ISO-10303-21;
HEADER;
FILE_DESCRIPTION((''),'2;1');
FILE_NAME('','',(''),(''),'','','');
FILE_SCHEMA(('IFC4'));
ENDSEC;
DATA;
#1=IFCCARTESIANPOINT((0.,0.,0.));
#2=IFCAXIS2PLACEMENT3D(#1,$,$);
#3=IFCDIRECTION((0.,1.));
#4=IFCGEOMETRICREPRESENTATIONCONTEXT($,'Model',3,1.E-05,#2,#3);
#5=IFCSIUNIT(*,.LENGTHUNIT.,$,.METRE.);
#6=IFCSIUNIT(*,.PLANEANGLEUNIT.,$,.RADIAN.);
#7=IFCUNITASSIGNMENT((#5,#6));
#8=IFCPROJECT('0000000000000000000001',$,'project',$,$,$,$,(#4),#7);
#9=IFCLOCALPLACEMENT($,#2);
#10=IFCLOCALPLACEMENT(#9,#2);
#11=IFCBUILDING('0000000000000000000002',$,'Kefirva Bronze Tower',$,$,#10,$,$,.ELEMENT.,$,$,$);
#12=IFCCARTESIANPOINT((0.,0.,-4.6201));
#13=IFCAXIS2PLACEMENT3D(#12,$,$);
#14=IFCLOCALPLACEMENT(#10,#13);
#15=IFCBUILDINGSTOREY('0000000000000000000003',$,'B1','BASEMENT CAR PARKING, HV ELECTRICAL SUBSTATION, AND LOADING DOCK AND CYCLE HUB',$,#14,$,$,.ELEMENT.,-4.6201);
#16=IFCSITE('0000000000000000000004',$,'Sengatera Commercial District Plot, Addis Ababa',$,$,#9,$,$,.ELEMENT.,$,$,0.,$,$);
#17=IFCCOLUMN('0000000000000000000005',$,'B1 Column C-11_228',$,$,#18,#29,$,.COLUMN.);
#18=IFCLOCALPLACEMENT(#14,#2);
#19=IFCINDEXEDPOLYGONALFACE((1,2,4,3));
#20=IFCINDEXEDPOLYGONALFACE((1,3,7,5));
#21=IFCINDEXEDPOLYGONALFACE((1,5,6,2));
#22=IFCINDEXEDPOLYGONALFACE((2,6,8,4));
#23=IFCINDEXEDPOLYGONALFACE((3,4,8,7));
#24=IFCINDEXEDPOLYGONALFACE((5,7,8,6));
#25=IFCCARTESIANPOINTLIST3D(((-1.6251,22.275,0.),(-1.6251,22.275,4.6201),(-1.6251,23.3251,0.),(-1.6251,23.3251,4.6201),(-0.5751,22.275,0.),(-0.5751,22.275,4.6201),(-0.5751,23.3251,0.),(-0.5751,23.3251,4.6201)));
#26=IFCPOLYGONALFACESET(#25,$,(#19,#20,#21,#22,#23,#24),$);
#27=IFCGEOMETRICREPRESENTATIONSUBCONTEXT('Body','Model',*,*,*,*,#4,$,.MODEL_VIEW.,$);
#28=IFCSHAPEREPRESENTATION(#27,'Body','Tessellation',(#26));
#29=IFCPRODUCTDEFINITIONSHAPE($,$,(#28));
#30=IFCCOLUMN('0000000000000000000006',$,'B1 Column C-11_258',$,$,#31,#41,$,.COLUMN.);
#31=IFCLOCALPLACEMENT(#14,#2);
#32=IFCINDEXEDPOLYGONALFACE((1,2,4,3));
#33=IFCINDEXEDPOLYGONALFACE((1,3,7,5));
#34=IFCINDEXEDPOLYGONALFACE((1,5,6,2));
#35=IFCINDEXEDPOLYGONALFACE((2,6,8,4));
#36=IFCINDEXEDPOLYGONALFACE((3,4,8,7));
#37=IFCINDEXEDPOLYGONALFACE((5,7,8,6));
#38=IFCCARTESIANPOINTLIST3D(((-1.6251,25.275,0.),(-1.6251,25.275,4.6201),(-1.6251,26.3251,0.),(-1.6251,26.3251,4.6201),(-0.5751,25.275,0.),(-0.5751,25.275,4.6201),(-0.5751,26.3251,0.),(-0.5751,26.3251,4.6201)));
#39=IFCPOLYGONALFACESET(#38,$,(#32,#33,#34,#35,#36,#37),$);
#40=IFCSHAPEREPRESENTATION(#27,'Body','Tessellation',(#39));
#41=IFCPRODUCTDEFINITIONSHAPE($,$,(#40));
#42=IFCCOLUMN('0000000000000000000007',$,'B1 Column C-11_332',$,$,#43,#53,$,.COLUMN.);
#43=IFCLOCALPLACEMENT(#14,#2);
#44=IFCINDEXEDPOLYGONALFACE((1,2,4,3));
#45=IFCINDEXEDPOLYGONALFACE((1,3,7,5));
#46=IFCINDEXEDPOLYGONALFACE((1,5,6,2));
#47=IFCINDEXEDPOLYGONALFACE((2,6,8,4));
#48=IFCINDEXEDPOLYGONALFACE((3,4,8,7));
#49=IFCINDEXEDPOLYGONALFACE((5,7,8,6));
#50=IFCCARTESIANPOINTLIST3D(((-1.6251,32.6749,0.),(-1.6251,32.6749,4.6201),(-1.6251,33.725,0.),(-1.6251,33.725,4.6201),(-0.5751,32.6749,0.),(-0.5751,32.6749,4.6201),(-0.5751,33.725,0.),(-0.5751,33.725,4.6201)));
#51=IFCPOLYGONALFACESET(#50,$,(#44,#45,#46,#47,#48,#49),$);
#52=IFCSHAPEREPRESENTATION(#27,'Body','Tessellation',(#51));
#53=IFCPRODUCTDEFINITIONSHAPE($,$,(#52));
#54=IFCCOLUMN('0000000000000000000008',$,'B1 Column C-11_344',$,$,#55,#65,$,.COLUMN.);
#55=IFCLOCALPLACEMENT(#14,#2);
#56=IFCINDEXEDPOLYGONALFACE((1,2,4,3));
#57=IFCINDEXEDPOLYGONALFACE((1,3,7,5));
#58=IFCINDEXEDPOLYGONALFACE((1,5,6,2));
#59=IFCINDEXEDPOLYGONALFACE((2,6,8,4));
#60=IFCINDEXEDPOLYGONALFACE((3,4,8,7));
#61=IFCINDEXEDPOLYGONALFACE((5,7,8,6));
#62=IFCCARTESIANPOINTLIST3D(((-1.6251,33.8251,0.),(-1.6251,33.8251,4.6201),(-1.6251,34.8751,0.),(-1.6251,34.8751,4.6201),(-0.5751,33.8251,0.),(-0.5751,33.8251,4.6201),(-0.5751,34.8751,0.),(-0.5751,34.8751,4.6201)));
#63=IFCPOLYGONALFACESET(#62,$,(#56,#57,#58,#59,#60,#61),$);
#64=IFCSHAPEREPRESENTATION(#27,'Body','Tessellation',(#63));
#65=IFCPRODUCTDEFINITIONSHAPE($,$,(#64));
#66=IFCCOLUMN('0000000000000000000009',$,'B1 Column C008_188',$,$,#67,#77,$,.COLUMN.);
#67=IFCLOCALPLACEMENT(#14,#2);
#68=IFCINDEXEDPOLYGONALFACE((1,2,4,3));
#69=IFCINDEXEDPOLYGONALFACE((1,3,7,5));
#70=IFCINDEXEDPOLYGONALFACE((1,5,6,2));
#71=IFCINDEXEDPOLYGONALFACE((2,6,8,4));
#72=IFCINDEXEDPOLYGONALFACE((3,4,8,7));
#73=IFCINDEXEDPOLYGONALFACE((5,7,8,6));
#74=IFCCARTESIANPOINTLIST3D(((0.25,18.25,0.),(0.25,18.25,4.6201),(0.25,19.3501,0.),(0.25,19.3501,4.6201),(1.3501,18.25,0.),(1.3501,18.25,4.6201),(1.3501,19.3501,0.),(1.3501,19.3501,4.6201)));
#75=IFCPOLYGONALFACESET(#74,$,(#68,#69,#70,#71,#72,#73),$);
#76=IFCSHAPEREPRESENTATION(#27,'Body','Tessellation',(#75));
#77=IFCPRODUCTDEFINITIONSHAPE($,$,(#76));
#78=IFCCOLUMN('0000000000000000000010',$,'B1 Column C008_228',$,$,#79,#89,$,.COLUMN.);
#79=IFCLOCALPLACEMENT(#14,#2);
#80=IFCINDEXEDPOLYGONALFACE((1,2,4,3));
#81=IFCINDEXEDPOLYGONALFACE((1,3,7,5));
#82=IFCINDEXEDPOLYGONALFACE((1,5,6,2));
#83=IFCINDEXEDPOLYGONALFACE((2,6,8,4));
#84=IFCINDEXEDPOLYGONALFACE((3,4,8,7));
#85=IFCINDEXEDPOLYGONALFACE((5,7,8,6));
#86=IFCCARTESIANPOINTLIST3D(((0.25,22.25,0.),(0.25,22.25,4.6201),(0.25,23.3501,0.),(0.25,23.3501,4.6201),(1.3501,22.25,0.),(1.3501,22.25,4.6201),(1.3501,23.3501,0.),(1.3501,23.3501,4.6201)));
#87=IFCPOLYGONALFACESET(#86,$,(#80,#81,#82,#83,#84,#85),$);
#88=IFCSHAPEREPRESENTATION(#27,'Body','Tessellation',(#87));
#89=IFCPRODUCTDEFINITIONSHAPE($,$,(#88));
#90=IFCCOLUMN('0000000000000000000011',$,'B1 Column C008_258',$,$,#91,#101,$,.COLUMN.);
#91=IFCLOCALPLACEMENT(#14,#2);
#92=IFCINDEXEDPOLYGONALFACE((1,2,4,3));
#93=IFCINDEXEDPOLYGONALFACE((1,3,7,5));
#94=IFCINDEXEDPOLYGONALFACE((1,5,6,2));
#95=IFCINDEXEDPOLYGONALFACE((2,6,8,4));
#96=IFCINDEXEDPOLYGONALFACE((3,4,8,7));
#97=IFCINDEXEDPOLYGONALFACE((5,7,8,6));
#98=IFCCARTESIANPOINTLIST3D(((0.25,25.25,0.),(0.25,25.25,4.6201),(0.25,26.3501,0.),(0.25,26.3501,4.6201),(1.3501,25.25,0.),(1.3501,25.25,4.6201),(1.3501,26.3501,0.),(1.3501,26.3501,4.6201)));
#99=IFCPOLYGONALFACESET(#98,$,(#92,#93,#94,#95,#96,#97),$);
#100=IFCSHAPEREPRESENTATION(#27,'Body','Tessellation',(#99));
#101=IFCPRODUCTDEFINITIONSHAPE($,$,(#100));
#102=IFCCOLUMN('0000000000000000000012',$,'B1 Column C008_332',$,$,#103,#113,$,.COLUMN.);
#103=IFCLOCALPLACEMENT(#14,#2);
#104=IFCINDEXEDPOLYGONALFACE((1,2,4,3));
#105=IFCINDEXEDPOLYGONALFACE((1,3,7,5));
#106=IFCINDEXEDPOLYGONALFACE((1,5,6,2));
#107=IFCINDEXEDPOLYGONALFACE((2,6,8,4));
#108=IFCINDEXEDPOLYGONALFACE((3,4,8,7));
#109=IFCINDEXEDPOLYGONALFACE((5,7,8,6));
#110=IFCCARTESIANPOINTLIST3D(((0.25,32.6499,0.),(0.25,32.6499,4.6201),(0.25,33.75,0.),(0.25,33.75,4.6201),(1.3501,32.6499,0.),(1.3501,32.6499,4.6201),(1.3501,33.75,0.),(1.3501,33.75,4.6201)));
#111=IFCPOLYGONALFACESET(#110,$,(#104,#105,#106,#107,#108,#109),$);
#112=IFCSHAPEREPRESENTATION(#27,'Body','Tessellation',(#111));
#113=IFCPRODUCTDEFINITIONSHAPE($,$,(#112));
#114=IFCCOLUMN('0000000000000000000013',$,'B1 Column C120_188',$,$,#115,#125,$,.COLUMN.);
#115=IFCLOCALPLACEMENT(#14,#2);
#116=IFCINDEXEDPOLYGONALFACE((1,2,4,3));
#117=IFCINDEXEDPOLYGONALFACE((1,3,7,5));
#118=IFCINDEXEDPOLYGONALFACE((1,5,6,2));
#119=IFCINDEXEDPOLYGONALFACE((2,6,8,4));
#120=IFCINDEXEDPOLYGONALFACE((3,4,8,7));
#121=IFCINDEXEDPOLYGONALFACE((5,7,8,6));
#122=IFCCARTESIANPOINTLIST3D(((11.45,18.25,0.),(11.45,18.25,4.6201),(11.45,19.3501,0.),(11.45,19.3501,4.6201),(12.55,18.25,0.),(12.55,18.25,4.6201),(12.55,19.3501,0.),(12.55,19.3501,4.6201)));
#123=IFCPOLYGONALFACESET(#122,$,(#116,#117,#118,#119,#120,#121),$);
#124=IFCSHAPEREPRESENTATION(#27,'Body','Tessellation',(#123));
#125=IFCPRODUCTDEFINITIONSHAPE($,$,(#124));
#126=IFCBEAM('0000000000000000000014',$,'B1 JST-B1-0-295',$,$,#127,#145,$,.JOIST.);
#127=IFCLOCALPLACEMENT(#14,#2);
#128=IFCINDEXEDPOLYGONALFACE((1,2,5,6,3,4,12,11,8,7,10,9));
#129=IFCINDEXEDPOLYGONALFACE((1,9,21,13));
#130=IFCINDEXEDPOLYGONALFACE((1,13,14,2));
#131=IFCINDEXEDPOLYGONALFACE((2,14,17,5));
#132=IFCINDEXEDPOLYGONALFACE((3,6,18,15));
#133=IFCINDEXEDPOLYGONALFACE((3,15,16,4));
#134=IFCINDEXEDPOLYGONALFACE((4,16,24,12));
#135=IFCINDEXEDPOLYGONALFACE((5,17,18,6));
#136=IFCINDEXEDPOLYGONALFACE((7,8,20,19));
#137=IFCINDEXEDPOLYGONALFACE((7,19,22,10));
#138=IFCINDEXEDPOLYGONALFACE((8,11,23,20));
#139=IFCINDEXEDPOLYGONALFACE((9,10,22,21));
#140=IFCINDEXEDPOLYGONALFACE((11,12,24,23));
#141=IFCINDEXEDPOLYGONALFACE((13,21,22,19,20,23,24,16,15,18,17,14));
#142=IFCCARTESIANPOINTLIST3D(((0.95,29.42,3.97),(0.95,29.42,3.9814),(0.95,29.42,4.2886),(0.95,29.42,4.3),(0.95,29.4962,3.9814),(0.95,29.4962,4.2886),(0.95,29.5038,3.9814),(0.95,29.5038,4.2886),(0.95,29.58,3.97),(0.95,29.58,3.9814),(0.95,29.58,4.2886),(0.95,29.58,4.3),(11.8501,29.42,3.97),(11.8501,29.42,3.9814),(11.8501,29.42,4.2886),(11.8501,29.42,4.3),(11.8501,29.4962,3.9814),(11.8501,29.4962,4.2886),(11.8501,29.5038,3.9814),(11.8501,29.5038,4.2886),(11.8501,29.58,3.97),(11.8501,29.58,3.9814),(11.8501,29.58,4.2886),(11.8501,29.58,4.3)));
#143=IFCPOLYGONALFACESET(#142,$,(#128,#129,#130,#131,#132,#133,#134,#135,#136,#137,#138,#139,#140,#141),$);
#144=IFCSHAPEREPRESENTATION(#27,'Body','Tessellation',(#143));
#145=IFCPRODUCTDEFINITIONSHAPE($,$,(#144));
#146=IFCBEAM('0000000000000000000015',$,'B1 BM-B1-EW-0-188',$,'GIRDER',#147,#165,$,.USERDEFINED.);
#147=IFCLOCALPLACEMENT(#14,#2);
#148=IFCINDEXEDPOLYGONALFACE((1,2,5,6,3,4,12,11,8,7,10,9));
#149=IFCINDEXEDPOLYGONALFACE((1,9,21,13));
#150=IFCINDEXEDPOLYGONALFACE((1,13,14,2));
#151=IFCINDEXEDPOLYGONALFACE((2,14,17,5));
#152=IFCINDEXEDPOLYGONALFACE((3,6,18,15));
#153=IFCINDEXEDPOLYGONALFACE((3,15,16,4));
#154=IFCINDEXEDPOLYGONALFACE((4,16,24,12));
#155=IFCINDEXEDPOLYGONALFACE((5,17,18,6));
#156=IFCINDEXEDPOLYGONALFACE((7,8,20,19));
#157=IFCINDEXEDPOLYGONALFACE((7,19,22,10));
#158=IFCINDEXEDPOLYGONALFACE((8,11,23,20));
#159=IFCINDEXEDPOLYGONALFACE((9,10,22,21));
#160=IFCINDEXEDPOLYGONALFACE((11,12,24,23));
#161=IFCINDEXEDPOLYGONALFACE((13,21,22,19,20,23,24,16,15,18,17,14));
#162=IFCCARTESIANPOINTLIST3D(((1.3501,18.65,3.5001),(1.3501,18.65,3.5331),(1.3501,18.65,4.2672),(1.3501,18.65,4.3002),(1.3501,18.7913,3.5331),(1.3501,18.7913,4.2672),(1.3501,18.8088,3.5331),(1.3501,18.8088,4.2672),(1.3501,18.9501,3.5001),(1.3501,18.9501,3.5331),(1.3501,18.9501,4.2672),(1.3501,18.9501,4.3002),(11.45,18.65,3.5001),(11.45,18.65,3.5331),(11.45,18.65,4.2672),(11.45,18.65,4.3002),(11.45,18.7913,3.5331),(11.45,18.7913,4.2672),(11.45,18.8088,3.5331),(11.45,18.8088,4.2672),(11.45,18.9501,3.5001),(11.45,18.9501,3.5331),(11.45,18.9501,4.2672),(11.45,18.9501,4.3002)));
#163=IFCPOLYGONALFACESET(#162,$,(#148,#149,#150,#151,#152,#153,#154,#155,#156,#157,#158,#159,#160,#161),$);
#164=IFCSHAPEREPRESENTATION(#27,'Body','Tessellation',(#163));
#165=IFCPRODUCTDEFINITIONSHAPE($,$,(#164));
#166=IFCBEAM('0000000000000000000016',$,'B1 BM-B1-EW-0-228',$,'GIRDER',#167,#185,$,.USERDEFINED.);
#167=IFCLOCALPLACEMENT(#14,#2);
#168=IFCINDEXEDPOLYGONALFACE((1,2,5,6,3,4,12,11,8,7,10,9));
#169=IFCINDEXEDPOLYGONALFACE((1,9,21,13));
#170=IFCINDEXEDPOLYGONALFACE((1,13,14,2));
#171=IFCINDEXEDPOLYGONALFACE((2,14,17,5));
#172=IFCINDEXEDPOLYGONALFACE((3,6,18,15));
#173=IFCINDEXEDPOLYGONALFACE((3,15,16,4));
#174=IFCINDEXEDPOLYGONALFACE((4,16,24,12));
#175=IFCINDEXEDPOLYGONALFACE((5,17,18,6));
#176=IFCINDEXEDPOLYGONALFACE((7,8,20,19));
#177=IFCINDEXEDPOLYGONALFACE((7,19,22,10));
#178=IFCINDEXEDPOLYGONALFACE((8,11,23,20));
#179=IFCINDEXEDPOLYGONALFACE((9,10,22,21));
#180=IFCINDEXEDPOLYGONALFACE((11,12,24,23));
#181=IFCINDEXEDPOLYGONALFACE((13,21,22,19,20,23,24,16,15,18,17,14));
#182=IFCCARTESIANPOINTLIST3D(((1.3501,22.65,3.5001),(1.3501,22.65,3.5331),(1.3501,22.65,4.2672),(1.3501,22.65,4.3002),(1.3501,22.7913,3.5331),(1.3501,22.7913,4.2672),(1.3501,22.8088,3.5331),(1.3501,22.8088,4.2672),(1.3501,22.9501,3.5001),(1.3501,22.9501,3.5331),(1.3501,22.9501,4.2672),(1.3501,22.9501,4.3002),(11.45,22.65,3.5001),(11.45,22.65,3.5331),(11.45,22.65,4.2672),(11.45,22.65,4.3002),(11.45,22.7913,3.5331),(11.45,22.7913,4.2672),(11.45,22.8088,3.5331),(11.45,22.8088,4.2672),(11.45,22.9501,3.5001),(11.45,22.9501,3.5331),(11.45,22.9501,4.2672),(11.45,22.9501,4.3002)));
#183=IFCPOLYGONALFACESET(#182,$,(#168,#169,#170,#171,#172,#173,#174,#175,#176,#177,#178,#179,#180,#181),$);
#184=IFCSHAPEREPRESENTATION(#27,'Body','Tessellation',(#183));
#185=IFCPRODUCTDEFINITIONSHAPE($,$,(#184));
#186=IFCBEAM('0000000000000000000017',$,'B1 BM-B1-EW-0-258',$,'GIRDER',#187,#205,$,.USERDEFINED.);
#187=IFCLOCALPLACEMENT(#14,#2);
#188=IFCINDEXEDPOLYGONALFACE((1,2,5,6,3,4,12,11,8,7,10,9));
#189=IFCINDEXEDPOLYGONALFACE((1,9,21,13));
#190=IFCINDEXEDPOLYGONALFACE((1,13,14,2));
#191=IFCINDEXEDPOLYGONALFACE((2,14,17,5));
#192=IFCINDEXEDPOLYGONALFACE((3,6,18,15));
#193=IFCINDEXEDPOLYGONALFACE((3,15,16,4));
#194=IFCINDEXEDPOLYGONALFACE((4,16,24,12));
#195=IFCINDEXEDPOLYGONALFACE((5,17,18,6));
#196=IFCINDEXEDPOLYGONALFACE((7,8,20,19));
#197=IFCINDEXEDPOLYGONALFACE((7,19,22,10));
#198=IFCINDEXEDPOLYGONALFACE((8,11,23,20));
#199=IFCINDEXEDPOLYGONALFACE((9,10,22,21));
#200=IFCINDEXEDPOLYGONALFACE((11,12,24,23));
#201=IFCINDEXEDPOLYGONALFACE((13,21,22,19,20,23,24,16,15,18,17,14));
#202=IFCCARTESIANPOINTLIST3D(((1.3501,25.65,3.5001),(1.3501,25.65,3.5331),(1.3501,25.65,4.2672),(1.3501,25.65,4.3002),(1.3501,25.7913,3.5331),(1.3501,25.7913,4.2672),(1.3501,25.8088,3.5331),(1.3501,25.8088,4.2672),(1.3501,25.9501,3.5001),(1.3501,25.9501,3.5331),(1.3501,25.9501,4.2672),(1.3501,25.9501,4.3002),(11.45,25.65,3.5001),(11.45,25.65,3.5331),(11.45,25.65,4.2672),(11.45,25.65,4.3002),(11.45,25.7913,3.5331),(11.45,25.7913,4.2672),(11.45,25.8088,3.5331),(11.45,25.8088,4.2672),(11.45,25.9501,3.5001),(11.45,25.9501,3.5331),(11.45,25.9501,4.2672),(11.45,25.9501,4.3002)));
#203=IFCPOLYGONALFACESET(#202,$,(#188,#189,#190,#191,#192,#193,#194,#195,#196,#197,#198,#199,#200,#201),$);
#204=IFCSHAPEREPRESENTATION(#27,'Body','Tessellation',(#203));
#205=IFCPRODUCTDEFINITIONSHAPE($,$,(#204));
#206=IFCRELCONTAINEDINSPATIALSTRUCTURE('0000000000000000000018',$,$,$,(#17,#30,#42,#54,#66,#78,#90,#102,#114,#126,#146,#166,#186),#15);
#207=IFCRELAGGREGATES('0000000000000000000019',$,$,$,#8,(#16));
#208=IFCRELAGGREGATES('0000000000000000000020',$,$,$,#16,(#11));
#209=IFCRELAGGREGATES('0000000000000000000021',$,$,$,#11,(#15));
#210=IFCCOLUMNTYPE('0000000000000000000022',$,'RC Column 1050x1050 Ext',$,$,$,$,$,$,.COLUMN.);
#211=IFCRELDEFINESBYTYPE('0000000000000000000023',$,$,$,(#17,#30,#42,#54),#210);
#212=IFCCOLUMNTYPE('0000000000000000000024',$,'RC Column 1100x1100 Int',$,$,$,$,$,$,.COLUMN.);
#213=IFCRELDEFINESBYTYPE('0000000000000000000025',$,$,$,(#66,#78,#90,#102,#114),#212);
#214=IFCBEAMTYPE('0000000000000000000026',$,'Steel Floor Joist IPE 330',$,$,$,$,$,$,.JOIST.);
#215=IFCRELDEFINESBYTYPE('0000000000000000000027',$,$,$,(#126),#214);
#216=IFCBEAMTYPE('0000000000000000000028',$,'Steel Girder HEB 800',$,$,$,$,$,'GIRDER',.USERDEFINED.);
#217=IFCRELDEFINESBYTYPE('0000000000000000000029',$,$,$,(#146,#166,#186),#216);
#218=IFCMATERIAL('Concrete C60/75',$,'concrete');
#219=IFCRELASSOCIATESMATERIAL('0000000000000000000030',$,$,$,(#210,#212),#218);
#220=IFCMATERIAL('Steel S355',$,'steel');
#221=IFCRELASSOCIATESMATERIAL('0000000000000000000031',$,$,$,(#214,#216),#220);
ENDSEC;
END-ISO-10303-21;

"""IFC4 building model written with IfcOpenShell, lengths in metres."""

from ifc_helpers import new_model, si_unit, direction, frame, origin, origin_2d, place, context, subcontext, project, spatial, rectangle, i_section, extrude, material, material_profile, profile_set, type_object, element, save


model = new_model("IFC4")

# Units and contexts
model_context = context("Model", 3, precision=1e-05, world=origin(), true_north=direction((0.0, 1.0)))
body_context = subcontext(model_context, "Body", "Model", "MODEL_VIEW")
ifc_project = project(units=[si_unit("LENGTHUNIT", "METRE"), si_unit("PLANEANGLEUNIT", "RADIAN")], contexts=[model_context])

# Site, building, storey
site_placement = place(None, origin())
site = spatial("IfcSite", under=ifc_project, at=site_placement, Name="Sengatera Commercial District Plot, Addis Ababa", CompositionType="ELEMENT", RefElevation=0.0)
building_placement = place(site_placement, origin())
building = spatial("IfcBuilding", under=site, at=building_placement, Name="Kefirva Bronze Tower", CompositionType="ELEMENT")
storey_placement = place(building_placement, frame((0.0, 0.0, -4.6201)))
storey = spatial("IfcBuildingStorey", under=building, at=storey_placement, Name="B1", Description="BASEMENT CAR PARKING, HV ELECTRICAL SUBSTATION, AND LOADING DOCK AND CYCLE HUB", CompositionType="ELEMENT", Elevation=-4.6201)

# Columns
ifc_material_1 = material(Name="Concrete C60/75", Category="concrete")
ifc_material_profile_1 = material_profile(ifc_material_1, rectangle(XDim=1.05, YDim=1.05, at=origin_2d()), Name="RC 1050x1050")
ifc_profile_set_1 = profile_set([ifc_material_profile_1], Name="Concrete C60/75")
column_type_1 = type_object("IfcColumnType", Name="RC Column 1050x1050 Ext", PredefinedType="COLUMN", material=ifc_profile_set_1)
for number, where, z_axis, x_axis, name in (
    (1, (-1.1001, 22.8, 0.0), (0.0, 0.0, 1.0), (1.0, 0.0, 0.0), "B1 Column C-11_228"),
    (2, (-1.1001, 25.8, 0.0), (0.0, 0.0, 1.0), (1.0, 0.0, 0.0), "B1 Column C-11_258"),
    (3, (-1.1001, 33.2, 0.0), (0.0, 0.0, 1.0), (1.0, 0.0, 0.0), "B1 Column C-11_332"),
    (4, (-1.1001, 34.3501, 0.0), (0.0, 0.0, 1.0), (1.0, 0.0, 0.0), "B1 Column C-11_344"),
):
    element("IfcColumn", number, at=place(storey_placement, frame(where, z_axis=z_axis, x_axis=x_axis)), inside=storey, type_object=column_type_1, Name=name, PredefinedType="COLUMN", context=body_context, shape_type="SweptSolid", body=[
        extrude(rectangle(XDim=1.05, YDim=1.05, at=origin_2d()), origin(), (0.0, 0.0, 1.0), 4.6201),
    ])
ifc_material_profile_2 = material_profile(ifc_material_1, rectangle(XDim=1.1001, YDim=1.1001, at=origin_2d()), Name="RC 1100x1100")
ifc_profile_set_2 = profile_set([ifc_material_profile_2], Name="Concrete C60/75")
column_type_2 = type_object("IfcColumnType", Name="RC Column 1100x1100 Int", PredefinedType="COLUMN", material=ifc_profile_set_2)
for number, where, z_axis, x_axis, name in (
    (5, (0.8, 18.8, 0.0), (0.0, 0.0, 1.0), (1.0, 0.0, 0.0), "B1 Column C008_188"),
    (6, (0.8, 22.8, 0.0), (0.0, 0.0, 1.0), (1.0, 0.0, 0.0), "B1 Column C008_228"),
    (7, (0.8, 25.8, 0.0), (0.0, 0.0, 1.0), (1.0, 0.0, 0.0), "B1 Column C008_258"),
    (8, (0.8, 33.2, 0.0), (0.0, 0.0, 1.0), (1.0, 0.0, 0.0), "B1 Column C008_332"),
    (9, (12.0, 18.8, 0.0), (0.0, 0.0, 1.0), (1.0, 0.0, 0.0), "B1 Column C120_188"),
):
    element("IfcColumn", number, at=place(storey_placement, frame(where, z_axis=z_axis, x_axis=x_axis)), inside=storey, type_object=column_type_2, Name=name, PredefinedType="COLUMN", context=body_context, shape_type="SweptSolid", body=[
        extrude(rectangle(XDim=1.1001, YDim=1.1001, at=origin_2d()), origin(), (0.0, 0.0, 1.0), 4.6201),
    ])

# Beams
ifc_material_2 = material(Name="Steel S355", Category="steel")
ifc_material_profile_3 = material_profile(ifc_material_2, i_section(OverallWidth=0.1599, OverallDepth=0.3301, WebThickness=0.0076, FlangeThickness=0.0115, at=origin_2d()), Name="IPE 330")
ifc_profile_set_3 = profile_set([ifc_material_profile_3], Name="Steel S355")
beam_type_1 = type_object("IfcBeamType", Name="Steel Floor Joist IPE 330", PredefinedType="JOIST", material=ifc_profile_set_3)
beam_1_placement = place(storey_placement, frame((0.95, 29.5, 4.135), z_axis=(1.0, 0.0, 0.0), x_axis=(0.0, 1.0, 0.0)))
element("IfcBeam", 10, at=beam_1_placement, inside=storey, type_object=beam_type_1, Name="B1 JST-B1-0-295", PredefinedType="JOIST", context=body_context, shape_type="SweptSolid", body=[
    extrude(i_section(OverallWidth=0.1599, OverallDepth=0.3301, WebThickness=0.0076, FlangeThickness=0.0115, at=origin_2d()), origin(), (0.0, 0.0, 1.0), 10.9001),
])
ifc_material_profile_4 = material_profile(ifc_material_2, i_section(OverallWidth=0.3, OverallDepth=0.8, WebThickness=0.0176, FlangeThickness=0.033, at=origin_2d()), Name="HEB 800")
ifc_profile_set_4 = profile_set([ifc_material_profile_4], Name="Steel S355")
beam_type_2 = type_object("IfcBeamType", Name="Steel Girder HEB 800", ElementType="GIRDER", PredefinedType="USERDEFINED", material=ifc_profile_set_4)
for number, where, z_axis, x_axis, name in (
    (11, (1.3501, 18.8, 3.9001), (1.0, 0.0, 0.0), (0.0, 1.0, 0.0), "B1 BM-B1-EW-0-188"),
    (12, (1.3501, 22.8, 3.9001), (1.0, 0.0, 0.0), (0.0, 1.0, 0.0), "B1 BM-B1-EW-0-228"),
    (13, (1.3501, 25.8, 3.9001), (1.0, 0.0, 0.0), (0.0, 1.0, 0.0), "B1 BM-B1-EW-0-258"),
):
    element("IfcBeam", number, at=place(storey_placement, frame(where, z_axis=z_axis, x_axis=x_axis)), inside=storey, type_object=beam_type_2, Name=name, ObjectType="GIRDER", PredefinedType="USERDEFINED", context=body_context, shape_type="SweptSolid", body=[
        extrude(i_section(OverallWidth=0.3, OverallDepth=0.8, WebThickness=0.0176, FlangeThickness=0.033, at=origin_2d()), origin(), (0.0, 0.0, 1.0), 10.0999),
    ])

save(model, "model.ifc")
